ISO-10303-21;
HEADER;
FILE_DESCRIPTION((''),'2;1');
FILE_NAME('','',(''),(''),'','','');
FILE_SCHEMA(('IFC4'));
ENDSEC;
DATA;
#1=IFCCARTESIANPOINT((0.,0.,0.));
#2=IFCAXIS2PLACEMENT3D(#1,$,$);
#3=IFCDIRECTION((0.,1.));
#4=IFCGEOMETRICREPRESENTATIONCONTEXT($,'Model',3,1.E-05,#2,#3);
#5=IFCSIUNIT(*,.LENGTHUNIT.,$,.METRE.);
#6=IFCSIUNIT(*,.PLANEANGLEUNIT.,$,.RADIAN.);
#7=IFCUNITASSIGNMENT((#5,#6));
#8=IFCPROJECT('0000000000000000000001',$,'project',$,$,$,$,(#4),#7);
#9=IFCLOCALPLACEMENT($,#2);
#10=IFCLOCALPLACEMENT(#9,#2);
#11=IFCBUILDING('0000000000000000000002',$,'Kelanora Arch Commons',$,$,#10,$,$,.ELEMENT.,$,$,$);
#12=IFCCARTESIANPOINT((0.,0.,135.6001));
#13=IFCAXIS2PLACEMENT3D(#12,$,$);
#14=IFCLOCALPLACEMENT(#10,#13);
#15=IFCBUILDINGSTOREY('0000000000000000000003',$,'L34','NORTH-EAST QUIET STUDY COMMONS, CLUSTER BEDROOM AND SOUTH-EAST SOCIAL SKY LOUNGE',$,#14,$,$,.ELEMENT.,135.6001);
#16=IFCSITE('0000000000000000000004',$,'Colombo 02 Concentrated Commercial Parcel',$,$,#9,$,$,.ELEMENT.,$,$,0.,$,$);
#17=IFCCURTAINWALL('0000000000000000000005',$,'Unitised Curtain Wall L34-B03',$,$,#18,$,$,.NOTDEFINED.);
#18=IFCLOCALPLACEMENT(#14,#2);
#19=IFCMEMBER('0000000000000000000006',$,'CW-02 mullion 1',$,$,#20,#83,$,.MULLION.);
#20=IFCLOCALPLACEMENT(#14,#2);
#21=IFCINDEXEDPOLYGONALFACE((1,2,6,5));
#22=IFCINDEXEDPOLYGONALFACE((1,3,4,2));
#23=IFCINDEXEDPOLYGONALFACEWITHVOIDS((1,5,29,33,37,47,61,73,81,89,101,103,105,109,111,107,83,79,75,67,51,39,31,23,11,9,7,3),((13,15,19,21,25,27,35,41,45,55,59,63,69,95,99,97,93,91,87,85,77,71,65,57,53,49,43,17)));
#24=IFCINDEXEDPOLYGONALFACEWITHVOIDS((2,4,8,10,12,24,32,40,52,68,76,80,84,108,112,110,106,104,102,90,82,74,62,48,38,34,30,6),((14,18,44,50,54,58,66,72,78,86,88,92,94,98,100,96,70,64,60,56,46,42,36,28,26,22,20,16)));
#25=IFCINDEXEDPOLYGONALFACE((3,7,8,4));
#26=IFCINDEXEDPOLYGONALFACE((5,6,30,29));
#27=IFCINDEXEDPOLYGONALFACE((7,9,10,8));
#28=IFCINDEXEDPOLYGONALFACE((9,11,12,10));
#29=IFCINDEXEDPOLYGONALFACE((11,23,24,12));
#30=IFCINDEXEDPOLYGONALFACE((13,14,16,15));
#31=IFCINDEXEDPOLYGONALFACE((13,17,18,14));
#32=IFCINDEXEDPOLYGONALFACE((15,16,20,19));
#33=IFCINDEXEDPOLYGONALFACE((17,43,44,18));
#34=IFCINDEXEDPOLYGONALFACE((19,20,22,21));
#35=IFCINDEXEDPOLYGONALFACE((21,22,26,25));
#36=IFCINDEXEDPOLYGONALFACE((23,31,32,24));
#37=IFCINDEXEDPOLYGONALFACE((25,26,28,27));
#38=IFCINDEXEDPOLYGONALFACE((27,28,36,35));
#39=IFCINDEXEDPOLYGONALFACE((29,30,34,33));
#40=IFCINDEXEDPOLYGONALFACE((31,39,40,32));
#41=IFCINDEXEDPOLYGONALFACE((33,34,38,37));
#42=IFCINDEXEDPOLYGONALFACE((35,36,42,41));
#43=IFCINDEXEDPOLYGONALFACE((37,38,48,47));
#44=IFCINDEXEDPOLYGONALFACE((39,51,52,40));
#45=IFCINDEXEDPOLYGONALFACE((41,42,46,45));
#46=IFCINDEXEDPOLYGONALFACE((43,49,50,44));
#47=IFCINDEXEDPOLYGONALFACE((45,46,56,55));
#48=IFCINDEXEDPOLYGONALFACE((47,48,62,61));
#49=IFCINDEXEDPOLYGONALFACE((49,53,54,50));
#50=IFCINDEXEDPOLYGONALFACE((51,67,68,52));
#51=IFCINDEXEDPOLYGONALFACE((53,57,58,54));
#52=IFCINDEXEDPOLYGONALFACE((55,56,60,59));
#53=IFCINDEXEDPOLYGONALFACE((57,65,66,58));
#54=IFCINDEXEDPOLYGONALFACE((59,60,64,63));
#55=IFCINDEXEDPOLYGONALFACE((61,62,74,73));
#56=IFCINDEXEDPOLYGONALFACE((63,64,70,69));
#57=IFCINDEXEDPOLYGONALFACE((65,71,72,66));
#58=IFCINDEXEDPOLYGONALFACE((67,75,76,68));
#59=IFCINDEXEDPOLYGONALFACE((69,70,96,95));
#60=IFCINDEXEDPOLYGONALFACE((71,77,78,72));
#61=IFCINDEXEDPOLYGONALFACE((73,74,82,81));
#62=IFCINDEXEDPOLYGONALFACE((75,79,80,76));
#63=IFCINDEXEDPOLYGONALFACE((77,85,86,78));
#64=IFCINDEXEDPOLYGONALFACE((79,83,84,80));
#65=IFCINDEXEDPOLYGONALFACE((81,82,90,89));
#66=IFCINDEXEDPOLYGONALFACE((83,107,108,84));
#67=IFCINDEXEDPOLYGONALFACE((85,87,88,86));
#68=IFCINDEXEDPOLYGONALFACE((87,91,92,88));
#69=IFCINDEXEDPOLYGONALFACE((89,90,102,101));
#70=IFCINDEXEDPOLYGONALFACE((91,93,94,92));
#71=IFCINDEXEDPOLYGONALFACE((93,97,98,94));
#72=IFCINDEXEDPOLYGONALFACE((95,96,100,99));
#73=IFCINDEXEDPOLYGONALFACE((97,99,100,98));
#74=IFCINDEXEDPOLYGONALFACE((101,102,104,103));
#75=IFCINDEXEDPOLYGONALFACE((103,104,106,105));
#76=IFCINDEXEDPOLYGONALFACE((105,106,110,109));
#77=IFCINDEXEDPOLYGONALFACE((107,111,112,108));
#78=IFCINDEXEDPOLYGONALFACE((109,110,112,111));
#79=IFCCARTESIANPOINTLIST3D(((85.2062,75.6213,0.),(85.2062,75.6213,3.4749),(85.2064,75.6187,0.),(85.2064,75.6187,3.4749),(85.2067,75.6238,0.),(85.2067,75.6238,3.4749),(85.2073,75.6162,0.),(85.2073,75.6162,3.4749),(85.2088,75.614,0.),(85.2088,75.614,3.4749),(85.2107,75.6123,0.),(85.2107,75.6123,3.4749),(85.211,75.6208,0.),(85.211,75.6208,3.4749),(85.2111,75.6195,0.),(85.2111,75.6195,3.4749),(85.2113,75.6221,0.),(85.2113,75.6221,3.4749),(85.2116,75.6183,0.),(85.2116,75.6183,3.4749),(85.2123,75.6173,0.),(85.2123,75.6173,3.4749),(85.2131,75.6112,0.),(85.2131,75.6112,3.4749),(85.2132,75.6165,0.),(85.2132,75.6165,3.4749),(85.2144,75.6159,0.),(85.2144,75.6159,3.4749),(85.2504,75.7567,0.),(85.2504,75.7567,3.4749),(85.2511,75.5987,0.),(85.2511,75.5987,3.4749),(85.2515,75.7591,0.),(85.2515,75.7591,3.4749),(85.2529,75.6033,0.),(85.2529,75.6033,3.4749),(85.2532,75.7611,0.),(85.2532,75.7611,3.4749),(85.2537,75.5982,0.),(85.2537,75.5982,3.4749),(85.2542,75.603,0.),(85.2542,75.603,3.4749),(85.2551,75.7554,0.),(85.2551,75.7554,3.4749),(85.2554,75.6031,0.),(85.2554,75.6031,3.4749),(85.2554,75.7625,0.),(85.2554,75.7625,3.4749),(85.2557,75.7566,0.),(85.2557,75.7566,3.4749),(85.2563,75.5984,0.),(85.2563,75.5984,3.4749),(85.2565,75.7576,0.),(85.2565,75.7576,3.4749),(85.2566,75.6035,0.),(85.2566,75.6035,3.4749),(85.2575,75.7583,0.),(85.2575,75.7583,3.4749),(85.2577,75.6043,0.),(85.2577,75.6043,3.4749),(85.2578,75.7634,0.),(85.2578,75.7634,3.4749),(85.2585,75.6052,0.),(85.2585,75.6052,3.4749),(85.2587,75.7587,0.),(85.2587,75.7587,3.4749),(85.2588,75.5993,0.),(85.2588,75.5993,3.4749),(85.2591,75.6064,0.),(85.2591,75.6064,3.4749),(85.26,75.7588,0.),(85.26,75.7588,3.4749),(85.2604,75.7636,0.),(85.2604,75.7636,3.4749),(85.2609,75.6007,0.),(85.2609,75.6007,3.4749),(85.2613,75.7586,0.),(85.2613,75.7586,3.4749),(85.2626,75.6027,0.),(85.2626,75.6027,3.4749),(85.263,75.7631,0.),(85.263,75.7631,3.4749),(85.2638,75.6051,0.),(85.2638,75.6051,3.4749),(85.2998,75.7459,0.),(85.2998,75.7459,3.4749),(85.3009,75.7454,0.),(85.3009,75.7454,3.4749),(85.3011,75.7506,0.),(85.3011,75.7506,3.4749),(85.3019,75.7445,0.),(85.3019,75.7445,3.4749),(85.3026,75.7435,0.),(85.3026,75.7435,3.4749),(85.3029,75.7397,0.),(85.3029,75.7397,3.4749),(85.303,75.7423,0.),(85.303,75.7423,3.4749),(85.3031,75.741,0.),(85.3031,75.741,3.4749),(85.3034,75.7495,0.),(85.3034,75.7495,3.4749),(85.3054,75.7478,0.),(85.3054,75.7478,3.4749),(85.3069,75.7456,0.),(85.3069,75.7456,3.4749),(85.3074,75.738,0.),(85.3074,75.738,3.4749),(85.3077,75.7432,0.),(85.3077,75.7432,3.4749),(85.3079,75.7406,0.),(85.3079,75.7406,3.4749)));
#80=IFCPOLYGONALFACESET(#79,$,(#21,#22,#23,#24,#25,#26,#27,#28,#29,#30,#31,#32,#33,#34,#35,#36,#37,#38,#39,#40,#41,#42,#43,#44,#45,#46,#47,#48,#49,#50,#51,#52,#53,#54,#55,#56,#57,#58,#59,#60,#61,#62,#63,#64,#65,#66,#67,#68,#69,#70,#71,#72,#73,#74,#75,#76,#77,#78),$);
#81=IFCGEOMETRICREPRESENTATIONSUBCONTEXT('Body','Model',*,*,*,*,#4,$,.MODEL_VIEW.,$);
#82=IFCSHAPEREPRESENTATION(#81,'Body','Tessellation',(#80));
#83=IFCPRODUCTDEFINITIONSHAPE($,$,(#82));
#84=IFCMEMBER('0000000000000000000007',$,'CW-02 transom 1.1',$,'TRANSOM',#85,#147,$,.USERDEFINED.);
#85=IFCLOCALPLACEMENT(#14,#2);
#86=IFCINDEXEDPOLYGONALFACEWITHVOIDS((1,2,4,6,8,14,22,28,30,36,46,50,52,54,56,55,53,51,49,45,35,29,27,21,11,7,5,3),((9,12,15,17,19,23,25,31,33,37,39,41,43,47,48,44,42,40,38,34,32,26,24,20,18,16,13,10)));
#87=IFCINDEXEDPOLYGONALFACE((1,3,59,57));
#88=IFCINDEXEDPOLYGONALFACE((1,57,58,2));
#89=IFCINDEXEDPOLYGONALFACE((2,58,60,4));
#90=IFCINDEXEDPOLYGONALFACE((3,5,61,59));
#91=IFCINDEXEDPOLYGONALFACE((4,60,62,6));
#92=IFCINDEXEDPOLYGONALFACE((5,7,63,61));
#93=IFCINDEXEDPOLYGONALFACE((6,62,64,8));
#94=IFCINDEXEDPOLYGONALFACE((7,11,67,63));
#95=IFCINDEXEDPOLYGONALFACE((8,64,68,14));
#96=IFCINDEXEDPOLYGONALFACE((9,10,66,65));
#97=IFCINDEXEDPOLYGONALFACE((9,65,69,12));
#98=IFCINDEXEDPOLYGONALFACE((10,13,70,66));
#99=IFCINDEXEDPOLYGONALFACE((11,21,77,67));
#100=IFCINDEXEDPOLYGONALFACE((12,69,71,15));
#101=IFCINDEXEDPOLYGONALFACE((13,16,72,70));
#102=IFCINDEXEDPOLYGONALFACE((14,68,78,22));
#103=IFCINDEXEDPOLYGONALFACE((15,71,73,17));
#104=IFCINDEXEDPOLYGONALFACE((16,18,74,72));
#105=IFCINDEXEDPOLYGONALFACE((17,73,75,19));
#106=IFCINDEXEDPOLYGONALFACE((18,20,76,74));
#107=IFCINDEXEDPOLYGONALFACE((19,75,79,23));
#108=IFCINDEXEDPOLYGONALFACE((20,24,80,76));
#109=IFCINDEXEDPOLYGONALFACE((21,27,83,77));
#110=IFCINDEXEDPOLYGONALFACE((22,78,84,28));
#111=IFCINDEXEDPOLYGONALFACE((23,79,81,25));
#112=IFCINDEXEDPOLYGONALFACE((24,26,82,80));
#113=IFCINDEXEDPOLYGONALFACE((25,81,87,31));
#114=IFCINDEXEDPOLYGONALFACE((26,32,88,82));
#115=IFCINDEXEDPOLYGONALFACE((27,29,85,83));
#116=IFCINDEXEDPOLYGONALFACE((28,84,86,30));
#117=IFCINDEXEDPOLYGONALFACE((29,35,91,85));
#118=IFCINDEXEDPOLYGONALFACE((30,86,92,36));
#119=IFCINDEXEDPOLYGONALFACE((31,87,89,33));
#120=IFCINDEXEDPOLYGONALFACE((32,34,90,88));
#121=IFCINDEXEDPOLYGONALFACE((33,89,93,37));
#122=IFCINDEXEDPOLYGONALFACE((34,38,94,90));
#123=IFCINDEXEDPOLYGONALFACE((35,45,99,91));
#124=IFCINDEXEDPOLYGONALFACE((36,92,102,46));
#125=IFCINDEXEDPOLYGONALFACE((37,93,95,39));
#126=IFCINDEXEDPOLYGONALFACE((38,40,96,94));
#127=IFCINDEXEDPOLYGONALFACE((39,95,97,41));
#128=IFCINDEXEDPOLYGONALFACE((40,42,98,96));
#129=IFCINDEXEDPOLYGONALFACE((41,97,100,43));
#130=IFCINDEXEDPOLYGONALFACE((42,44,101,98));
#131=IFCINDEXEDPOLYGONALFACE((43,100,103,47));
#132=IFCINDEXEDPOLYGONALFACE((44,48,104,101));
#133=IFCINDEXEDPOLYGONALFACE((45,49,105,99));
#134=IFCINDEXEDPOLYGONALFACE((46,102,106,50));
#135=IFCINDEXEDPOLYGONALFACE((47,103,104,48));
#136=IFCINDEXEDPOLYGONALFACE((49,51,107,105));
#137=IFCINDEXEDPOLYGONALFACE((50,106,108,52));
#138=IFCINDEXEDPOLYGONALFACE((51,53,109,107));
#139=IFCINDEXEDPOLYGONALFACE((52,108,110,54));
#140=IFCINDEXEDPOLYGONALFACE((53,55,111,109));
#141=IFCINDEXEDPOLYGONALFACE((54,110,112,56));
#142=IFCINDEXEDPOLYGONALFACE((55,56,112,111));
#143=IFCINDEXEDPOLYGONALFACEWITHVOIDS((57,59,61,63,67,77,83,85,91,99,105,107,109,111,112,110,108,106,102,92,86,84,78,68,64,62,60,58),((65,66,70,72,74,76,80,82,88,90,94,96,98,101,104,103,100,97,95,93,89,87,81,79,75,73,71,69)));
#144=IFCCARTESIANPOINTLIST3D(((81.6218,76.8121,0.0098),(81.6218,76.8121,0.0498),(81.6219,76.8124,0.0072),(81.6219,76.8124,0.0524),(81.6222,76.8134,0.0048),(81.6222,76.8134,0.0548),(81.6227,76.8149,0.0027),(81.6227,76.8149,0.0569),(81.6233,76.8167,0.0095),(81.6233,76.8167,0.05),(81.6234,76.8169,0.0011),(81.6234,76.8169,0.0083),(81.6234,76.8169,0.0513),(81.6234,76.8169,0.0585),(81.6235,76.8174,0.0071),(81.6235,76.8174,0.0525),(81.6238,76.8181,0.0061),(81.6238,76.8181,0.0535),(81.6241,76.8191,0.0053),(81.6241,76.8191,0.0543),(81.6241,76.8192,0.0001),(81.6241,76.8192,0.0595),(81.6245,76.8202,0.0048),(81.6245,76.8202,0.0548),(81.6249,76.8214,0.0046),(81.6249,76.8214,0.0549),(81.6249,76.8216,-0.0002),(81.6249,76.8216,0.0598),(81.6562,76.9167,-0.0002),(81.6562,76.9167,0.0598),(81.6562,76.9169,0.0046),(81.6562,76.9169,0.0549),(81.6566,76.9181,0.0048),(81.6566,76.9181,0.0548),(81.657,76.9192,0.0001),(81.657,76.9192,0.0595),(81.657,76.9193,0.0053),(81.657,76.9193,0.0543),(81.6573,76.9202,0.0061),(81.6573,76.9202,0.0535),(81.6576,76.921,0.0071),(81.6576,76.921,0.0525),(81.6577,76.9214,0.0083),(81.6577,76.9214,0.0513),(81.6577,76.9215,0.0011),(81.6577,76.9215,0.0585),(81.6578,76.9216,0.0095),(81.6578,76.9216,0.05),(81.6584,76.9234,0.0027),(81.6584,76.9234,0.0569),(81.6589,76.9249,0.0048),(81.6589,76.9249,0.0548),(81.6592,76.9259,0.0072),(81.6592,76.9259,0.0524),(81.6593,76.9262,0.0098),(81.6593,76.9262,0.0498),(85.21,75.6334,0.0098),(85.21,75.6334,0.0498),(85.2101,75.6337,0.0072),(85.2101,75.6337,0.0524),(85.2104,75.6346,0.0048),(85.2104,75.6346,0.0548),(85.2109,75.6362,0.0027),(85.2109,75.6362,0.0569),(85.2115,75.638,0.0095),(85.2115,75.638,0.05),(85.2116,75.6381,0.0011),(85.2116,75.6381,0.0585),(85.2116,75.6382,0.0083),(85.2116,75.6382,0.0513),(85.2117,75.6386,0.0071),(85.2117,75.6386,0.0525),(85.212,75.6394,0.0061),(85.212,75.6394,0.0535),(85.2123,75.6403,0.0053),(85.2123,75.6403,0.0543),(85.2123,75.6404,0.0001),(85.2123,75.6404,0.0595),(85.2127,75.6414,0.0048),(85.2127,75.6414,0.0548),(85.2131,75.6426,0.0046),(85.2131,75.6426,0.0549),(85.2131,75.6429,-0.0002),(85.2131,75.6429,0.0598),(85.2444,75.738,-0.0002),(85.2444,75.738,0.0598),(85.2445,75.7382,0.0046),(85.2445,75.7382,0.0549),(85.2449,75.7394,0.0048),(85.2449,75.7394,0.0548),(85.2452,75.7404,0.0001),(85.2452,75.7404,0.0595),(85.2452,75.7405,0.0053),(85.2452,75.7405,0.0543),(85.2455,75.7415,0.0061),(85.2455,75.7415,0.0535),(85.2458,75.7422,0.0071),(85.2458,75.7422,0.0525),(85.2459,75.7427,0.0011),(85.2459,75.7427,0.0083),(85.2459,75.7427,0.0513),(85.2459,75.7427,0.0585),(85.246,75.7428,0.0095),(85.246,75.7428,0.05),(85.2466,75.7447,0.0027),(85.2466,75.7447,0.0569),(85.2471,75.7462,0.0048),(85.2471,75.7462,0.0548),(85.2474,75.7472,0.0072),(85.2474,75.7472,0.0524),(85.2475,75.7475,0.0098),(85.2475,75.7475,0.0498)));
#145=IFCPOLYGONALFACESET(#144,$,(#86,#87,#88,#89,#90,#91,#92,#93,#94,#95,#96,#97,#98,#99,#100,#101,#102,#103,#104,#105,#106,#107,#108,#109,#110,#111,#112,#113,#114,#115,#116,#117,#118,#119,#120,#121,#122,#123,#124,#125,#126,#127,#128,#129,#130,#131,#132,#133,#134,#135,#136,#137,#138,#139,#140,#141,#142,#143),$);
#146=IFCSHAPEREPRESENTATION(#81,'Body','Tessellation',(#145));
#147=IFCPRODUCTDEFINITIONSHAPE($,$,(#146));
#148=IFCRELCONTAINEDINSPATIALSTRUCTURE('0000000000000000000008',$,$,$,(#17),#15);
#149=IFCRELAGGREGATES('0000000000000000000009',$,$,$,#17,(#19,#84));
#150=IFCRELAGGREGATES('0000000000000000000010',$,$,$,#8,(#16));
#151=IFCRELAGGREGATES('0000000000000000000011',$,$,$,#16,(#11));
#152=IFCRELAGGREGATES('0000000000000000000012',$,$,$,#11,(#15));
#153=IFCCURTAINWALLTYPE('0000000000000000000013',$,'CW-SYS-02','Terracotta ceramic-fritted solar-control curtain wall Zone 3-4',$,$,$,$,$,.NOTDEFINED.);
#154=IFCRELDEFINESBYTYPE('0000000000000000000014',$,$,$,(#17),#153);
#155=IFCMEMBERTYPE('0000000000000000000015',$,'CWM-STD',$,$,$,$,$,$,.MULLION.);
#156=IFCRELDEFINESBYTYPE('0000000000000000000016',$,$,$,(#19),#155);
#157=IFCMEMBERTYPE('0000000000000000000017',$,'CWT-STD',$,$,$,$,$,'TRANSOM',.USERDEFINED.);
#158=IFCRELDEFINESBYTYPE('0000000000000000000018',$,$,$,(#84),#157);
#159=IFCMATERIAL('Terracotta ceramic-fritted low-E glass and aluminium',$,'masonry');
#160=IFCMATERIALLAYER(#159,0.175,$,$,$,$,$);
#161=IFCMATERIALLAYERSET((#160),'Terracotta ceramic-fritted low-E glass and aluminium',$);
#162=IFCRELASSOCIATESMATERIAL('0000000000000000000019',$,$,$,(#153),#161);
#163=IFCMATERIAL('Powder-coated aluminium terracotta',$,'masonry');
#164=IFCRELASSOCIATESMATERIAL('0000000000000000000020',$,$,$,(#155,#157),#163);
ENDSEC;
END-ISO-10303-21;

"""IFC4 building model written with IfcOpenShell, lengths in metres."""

from ifc_helpers import new_model, si_unit, direction, frame, origin, origin_2d, place, context, subcontext, project, spatial, hollow_rectangle, extrude, material, layer, layer_set, material_profile, profile_set, type_object, element, aggregate, save


model = new_model("IFC4")

# Units and contexts
model_context = context("Model", 3, precision=1e-05, world=origin(), true_north=direction((0.0, 1.0)))
body_context = subcontext(model_context, "Body", "Model", "MODEL_VIEW")
ifc_project = project(units=[si_unit("LENGTHUNIT", "METRE"), si_unit("PLANEANGLEUNIT", "RADIAN")], contexts=[model_context])

# Site, building, storey
site_placement = place(None, origin())
site = spatial("IfcSite", under=ifc_project, at=site_placement, Name="Colombo 02 Concentrated Commercial Parcel", CompositionType="ELEMENT", RefElevation=0.0)
building_placement = place(site_placement, origin())
building = spatial("IfcBuilding", under=site, at=building_placement, Name="Kelanora Arch Commons", CompositionType="ELEMENT")
storey_placement = place(building_placement, frame((0.0, 0.0, 135.6001)))
storey = spatial("IfcBuildingStorey", under=building, at=storey_placement, Name="L34", Description="NORTH-EAST QUIET STUDY COMMONS, CLUSTER BEDROOM AND SOUTH-EAST SOCIAL SKY LOUNGE", CompositionType="ELEMENT", Elevation=135.6001)

# Curtain wall, members
ifc_material_1 = material(Name="Terracotta ceramic-fritted low-E glass and aluminium", Category="masonry")
ifc_layer_1 = layer(ifc_material_1, 0.175)
ifc_layer_set_1 = layer_set([ifc_layer_1], Name="Terracotta ceramic-fritted low-E glass and aluminium")
curtain_wall_type = type_object("IfcCurtainWallType", Name="CW-SYS-02", Description="Terracotta ceramic-fritted solar-control curtain wall Zone 3-4", PredefinedType="NOTDEFINED", material=ifc_layer_set_1)
curtain_wall_placement = place(storey_placement, origin())
curtain_wall = element("IfcCurtainWall", 1, at=curtain_wall_placement, inside=storey, type_object=curtain_wall_type, Name="Unitised Curtain Wall L34-B03", PredefinedType="NOTDEFINED")
ifc_material_2 = material(Name="Powder-coated aluminium terracotta", Category="masonry")
ifc_material_profile_1 = material_profile(ifc_material_2, hollow_rectangle(XDim=0.1599, YDim=0.0601, WallThickness=0.0049, InnerFilletRadius=0.0049, OuterFilletRadius=0.01, at=origin_2d()), Name="CWM160x60")
ifc_profile_set_1 = profile_set([ifc_material_profile_1], Name="Powder-coated aluminium terracotta")
member_type_1 = type_object("IfcMemberType", Name="CWM-STD", PredefinedType="MULLION", material=ifc_profile_set_1)
member_1_placement = place(storey_placement, frame((85.2571, 75.6809, 0.0), z_axis=(0.0, 0.0, 1.0), x_axis=(-0.312128, -0.95004, 0.0)))
member_1 = element("IfcMember", 2, at=member_1_placement, type_object=member_type_1, Name="CW-02 mullion 1", PredefinedType="MULLION", context=body_context, shape_type="SweptSolid", body=[
    extrude(hollow_rectangle(XDim=0.1599, YDim=0.0601, WallThickness=0.0049, InnerFilletRadius=0.0049, OuterFilletRadius=0.01, at=origin_2d()), origin(), (0.0, 0.0, 1.0), 3.4749),
])
ifc_material_profile_2 = material_profile(ifc_material_2, hollow_rectangle(XDim=0.1201, YDim=0.0601, WallThickness=0.0049, InnerFilletRadius=0.0049, OuterFilletRadius=0.01, at=origin_2d()), Name="CWT120x60")
ifc_profile_set_2 = profile_set([ifc_material_profile_2], Name="Powder-coated aluminium terracotta")
member_type_2 = type_object("IfcMemberType", Name="CWT-STD", ElementType="TRANSOM", PredefinedType="USERDEFINED", material=ifc_profile_set_2)
member_2_placement = place(storey_placement, frame((85.2288, 75.6904, 0.0298), z_axis=(-0.950051, 0.312094, 0.0), x_axis=(-0.312094, -0.950051, 0.0)))
member_2 = element("IfcMember", 3, at=member_2_placement, type_object=member_type_2, Name="CW-02 transom 1.1", ObjectType="TRANSOM", PredefinedType="USERDEFINED", context=body_context, shape_type="SweptSolid", body=[
    extrude(hollow_rectangle(XDim=0.1201, YDim=0.0601, WallThickness=0.0049, InnerFilletRadius=0.0049, OuterFilletRadius=0.01, at=origin_2d()), origin(), (0.0, 0.0, 1.0), 3.7769),
])
aggregate(curtain_wall, [member_1, member_2])

save(model, "model.ifc")
